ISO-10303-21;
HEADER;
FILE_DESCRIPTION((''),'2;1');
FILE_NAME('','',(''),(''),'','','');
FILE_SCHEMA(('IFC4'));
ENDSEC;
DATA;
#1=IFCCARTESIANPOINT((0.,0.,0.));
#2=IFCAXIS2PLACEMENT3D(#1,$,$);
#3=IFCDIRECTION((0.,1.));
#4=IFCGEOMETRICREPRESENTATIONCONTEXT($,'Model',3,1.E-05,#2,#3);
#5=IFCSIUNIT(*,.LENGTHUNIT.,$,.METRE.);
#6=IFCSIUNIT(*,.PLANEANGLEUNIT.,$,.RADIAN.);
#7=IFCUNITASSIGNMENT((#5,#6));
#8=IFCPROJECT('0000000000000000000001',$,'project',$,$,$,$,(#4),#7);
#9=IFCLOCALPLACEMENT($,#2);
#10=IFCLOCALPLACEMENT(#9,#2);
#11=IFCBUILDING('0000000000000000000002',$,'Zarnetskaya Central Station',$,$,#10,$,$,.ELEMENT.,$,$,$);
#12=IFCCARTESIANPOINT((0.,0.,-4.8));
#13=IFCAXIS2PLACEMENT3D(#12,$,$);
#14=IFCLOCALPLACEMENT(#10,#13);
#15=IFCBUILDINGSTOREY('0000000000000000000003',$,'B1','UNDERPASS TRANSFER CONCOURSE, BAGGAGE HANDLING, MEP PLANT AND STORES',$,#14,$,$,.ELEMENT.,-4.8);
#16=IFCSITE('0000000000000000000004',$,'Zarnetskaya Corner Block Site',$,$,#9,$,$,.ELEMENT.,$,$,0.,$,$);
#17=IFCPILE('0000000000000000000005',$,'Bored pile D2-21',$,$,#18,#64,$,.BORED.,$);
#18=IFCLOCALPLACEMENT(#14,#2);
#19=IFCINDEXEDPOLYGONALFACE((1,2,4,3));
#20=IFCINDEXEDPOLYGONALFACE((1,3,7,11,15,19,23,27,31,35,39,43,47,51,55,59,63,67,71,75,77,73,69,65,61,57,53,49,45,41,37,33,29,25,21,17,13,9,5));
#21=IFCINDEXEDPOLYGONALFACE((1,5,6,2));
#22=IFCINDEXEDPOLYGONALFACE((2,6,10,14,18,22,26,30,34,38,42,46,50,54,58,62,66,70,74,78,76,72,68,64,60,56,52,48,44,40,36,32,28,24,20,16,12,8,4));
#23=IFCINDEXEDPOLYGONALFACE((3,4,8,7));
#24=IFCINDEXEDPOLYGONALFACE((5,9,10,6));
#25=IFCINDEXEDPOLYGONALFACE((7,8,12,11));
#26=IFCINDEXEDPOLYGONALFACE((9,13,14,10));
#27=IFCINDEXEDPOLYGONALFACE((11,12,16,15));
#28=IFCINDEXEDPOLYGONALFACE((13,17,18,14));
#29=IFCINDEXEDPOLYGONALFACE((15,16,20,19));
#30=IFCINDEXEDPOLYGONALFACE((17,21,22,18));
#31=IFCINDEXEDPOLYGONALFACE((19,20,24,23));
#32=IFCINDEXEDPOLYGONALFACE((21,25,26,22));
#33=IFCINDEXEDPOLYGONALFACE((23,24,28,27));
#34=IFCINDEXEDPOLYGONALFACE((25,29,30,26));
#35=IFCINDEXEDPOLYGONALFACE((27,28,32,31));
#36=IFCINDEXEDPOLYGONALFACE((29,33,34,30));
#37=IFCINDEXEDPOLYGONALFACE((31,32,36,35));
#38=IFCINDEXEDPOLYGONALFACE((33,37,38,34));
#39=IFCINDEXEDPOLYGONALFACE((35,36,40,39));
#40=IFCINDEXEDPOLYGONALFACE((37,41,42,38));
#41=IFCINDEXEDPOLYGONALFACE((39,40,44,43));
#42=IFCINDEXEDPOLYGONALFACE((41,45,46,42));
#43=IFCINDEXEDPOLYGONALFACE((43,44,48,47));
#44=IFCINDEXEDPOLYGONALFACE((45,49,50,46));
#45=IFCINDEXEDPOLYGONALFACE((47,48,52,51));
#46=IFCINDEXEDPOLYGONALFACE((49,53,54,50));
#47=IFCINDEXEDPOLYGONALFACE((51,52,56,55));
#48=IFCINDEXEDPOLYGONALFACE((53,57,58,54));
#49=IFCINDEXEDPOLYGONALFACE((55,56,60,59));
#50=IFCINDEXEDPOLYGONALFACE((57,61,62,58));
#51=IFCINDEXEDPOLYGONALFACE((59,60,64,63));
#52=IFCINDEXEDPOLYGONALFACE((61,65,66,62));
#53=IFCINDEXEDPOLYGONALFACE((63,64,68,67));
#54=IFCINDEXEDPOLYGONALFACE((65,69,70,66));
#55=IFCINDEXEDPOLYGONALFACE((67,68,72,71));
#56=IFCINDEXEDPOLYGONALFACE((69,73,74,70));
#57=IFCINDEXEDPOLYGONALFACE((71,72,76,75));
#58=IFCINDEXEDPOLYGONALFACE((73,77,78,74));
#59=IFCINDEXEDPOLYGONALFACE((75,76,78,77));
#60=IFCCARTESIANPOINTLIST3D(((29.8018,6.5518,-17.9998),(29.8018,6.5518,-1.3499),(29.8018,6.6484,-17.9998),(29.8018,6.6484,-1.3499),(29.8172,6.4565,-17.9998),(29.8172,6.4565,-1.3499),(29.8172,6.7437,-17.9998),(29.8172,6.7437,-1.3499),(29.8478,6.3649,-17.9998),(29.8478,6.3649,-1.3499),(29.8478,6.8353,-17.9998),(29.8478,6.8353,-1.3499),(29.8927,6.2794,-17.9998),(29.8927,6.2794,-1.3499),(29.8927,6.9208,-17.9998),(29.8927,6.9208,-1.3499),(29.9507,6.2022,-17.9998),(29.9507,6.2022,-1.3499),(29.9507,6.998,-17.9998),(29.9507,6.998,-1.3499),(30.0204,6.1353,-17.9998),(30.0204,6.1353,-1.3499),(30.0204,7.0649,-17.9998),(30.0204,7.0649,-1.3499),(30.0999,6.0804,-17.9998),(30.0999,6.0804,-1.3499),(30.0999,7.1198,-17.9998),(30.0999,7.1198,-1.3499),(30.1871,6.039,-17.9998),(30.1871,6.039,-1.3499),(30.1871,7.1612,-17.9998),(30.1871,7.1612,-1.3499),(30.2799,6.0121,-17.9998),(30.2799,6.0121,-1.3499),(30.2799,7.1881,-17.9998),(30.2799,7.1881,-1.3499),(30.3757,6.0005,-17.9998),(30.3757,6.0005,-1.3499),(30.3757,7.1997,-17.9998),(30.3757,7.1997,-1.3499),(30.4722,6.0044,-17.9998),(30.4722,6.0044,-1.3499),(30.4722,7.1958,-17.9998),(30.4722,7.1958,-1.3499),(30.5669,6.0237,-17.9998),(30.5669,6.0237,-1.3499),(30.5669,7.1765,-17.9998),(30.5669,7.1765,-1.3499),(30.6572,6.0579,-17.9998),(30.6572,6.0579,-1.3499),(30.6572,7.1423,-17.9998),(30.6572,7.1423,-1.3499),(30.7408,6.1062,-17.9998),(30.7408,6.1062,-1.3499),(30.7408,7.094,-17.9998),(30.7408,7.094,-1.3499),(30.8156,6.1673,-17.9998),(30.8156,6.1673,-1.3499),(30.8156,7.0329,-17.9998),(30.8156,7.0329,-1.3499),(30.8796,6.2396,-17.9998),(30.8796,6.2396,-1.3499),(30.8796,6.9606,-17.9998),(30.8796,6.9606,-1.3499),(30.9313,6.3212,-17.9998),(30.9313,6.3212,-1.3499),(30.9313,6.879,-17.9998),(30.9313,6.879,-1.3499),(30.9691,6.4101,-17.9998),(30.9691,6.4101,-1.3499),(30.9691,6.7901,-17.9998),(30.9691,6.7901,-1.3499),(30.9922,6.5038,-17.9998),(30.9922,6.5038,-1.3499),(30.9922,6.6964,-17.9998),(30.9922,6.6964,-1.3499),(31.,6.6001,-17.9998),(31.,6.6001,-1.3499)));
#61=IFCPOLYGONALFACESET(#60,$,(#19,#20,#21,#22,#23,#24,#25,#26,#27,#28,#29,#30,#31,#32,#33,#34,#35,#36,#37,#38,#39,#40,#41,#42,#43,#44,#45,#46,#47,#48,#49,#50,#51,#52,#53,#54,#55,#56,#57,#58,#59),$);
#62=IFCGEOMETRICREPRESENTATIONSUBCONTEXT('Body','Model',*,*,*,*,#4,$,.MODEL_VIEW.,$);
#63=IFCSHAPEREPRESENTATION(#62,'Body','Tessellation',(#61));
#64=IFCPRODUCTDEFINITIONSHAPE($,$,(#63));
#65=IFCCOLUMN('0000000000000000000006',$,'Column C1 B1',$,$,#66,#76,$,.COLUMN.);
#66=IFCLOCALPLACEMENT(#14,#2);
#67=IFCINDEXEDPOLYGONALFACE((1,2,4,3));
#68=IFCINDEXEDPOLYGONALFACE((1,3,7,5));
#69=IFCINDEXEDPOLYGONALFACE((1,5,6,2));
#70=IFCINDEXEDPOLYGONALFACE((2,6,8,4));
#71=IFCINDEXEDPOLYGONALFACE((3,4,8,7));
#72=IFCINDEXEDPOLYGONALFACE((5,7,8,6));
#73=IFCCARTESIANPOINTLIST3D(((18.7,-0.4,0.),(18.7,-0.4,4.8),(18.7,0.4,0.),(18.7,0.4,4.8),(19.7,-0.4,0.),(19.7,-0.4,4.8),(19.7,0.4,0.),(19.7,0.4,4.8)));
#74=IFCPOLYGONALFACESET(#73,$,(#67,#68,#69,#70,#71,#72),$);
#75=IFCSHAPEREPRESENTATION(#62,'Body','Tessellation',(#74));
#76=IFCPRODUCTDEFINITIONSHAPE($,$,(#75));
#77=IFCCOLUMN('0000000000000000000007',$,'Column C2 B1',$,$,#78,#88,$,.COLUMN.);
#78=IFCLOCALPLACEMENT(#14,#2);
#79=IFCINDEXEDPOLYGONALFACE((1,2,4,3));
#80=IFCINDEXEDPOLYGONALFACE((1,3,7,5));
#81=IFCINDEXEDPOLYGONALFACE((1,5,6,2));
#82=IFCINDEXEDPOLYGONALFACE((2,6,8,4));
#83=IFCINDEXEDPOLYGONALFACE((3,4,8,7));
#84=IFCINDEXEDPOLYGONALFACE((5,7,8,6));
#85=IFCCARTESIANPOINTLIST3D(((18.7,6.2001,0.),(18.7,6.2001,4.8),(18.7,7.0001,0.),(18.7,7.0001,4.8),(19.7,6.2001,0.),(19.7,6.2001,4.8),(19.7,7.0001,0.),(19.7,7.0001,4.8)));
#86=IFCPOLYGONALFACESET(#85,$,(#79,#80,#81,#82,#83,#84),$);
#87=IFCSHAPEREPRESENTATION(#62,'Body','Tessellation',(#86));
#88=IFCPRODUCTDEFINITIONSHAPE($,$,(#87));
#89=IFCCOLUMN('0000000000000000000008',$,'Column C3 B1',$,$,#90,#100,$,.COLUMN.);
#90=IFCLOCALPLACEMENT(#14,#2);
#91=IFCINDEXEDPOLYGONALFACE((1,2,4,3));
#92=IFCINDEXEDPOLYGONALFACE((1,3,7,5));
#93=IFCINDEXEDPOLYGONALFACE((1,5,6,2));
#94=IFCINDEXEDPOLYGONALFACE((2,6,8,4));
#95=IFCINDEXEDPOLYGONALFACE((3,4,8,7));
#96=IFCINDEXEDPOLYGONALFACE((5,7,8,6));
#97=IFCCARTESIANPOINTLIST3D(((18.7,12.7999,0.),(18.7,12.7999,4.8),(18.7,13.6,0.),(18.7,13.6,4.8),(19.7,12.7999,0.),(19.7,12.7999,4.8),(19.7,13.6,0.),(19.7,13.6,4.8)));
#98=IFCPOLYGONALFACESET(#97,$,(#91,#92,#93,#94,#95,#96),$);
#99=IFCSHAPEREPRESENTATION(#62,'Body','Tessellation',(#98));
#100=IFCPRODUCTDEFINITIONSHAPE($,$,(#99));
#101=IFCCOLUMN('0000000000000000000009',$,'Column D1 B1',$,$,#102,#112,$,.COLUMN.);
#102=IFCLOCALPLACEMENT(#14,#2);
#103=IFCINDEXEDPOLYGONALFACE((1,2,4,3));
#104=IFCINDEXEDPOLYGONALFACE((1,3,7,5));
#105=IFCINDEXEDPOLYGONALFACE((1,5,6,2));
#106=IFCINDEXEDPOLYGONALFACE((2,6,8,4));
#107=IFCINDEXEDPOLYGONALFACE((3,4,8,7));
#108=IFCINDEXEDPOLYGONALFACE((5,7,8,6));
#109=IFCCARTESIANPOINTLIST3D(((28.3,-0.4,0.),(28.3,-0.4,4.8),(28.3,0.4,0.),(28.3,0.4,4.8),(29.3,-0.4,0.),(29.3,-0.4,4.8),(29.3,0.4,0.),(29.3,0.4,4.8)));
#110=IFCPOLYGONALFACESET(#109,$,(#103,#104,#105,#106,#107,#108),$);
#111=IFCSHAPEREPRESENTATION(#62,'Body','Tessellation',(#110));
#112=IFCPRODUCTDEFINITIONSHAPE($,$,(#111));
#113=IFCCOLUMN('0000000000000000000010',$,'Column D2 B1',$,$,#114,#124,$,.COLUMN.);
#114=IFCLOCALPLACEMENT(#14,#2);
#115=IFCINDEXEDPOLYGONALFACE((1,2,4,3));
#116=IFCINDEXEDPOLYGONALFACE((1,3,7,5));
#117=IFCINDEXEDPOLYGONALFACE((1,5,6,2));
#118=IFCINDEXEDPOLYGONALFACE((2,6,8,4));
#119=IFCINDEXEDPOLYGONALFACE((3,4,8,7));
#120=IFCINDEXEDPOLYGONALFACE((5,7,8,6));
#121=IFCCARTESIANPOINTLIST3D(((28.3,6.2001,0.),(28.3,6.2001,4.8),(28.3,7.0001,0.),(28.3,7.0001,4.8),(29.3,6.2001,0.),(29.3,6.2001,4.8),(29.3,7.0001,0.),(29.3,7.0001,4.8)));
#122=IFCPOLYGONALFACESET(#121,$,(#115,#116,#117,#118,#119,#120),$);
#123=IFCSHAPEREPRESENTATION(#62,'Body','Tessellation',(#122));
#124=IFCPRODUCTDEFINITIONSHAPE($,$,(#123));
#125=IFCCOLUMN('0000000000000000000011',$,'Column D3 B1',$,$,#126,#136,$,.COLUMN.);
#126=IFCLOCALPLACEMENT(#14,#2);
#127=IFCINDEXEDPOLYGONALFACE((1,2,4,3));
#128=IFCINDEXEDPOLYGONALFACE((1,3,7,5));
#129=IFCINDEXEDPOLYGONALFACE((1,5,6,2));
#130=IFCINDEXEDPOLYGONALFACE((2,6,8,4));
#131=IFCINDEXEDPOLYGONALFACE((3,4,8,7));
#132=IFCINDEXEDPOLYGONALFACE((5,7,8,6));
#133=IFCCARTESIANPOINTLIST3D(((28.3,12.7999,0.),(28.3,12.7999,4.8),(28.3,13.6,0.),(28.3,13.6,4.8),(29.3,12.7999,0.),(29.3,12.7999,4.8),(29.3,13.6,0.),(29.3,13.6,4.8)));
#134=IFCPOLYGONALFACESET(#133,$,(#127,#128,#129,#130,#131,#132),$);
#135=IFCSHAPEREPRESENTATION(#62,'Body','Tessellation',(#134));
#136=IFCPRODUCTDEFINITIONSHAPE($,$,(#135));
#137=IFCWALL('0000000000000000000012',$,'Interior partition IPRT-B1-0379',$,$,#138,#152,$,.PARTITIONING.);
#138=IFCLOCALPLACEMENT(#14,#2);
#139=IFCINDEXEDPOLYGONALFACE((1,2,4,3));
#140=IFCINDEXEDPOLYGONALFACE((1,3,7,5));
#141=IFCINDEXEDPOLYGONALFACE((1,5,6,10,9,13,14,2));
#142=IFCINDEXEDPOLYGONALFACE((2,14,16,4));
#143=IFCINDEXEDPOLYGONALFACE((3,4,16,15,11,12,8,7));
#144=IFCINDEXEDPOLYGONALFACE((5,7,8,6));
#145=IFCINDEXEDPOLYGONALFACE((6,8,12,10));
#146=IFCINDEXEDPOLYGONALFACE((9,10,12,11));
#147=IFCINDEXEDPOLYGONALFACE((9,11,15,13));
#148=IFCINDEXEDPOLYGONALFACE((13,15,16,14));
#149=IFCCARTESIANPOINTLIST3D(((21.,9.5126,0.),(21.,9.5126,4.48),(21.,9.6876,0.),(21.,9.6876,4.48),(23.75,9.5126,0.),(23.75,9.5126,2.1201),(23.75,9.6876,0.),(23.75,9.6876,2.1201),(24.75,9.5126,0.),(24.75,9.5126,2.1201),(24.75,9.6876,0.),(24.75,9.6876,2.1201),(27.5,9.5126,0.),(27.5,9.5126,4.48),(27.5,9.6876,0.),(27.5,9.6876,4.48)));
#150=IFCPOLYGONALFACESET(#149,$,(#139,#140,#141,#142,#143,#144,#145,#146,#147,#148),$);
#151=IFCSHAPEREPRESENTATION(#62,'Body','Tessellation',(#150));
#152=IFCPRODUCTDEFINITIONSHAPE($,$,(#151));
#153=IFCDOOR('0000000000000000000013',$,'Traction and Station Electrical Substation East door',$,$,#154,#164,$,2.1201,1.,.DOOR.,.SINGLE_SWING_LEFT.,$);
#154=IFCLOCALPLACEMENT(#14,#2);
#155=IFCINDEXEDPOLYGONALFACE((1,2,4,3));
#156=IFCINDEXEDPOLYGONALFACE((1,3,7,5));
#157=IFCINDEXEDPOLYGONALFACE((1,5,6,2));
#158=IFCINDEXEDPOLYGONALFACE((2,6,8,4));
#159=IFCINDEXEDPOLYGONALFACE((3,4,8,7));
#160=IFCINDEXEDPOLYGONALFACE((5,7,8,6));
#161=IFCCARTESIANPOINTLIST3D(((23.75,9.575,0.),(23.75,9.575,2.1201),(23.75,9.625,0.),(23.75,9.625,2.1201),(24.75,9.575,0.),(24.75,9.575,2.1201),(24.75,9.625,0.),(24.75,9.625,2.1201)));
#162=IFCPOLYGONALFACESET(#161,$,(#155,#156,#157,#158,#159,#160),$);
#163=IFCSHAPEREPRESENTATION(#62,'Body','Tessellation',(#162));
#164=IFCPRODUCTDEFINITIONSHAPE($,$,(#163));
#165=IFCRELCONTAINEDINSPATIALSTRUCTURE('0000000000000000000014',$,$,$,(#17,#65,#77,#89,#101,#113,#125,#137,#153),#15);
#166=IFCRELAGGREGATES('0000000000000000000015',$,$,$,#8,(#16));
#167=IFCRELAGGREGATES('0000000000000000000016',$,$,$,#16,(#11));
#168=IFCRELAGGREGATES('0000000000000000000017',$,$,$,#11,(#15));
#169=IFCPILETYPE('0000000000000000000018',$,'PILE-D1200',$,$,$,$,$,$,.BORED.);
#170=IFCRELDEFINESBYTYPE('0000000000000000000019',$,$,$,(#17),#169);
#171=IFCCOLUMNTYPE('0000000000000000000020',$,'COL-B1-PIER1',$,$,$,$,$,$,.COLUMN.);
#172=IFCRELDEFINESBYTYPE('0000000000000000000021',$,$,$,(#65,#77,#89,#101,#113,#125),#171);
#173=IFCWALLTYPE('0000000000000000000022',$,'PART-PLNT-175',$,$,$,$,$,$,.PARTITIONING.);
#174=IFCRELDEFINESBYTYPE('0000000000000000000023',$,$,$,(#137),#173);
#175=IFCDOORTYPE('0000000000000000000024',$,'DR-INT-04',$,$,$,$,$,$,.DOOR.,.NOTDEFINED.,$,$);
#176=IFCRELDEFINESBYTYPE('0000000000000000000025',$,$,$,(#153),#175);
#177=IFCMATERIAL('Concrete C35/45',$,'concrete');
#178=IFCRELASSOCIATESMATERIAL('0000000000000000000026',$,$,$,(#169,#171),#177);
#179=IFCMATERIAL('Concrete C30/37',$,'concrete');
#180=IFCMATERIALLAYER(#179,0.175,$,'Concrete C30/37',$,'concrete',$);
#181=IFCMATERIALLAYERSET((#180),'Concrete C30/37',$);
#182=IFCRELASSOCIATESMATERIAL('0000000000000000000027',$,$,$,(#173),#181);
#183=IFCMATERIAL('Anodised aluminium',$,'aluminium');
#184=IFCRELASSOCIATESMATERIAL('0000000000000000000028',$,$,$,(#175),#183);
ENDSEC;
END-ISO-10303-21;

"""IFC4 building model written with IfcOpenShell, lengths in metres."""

from ifc_helpers import new_model, si_unit, direction, frame, frame_2d, origin, origin_2d, place, context, subcontext, project, spatial, rectangle, circle, extrude, material, layer, layer_set, material_profile, profile_set, type_object, element, fill, save


model = new_model("IFC4")

# Units and contexts
model_context = context("Model", 3, precision=1e-05, world=origin(), true_north=direction((0.0, 1.0)))
body_context = subcontext(model_context, "Body", "Model", "MODEL_VIEW")
ifc_project = project(units=[si_unit("LENGTHUNIT", "METRE"), si_unit("PLANEANGLEUNIT", "RADIAN")], contexts=[model_context])

# Site, building, storey
site_placement = place(None, origin())
site = spatial("IfcSite", under=ifc_project, at=site_placement, Name="Zarnetskaya Corner Block Site", CompositionType="ELEMENT", RefElevation=0.0)
building_placement = place(site_placement, origin())
building = spatial("IfcBuilding", under=site, at=building_placement, Name="Zarnetskaya Central Station", CompositionType="ELEMENT")
storey_placement = place(building_placement, frame((0.0, 0.0, -4.8)))
storey = spatial("IfcBuildingStorey", under=building, at=storey_placement, Name="B1", Description="UNDERPASS TRANSFER CONCOURSE, BAGGAGE HANDLING, MEP PLANT AND STORES", CompositionType="ELEMENT", Elevation=-4.8)

# Shared definitions
ifc_material_1 = material(Name="Concrete C35/45", Category="concrete")

# Pile
ifc_material_profile_1 = material_profile(ifc_material_1, circle(Radius=0.6001, at=origin_2d()), Name="BORED PILE D1200")
ifc_profile_set_1 = profile_set([ifc_material_profile_1], Name="Concrete C35/45")
pile_type = type_object("IfcPileType", Name="PILE-D1200", PredefinedType="BORED", material=ifc_profile_set_1)
for number, where, z_axis, x_axis, name in (
    (1, (30.3999, 6.6001, -1.3499), (0.0, 0.0, -1.0), (1.0, 0.0, 0.0), "Bored pile D2-21"),
):
    element("IfcPile", number, at=place(storey_placement, frame(where, z_axis=z_axis, x_axis=x_axis)), inside=storey, type_object=pile_type, Name=name, PredefinedType="BORED", context=body_context, shape_type="SweptSolid", body=[
        extrude(circle(Radius=0.6001, at=origin_2d()), origin(), (0.0, 0.0, 1.0), 16.6499),
    ])

# Columns
ifc_material_profile_2 = material_profile(ifc_material_1, rectangle(XDim=1.0, YDim=0.8, at=origin_2d()), Name="RC PIER 1000x800")
ifc_profile_set_2 = profile_set([ifc_material_profile_2], Name="Concrete C35/45")
column_type = type_object("IfcColumnType", Name="COL-B1-PIER1", PredefinedType="COLUMN", material=ifc_profile_set_2)
for number, where, z_axis, x_axis, name in (
    (2, (19.2, 0.0, 0.0), (0.0, 0.0, 1.0), (1.0, 0.0, 0.0), "Column C1 B1"),
    (3, (19.2, 6.6001, 0.0), (0.0, 0.0, 1.0), (1.0, 0.0, 0.0), "Column C2 B1"),
    (4, (19.2, 13.2, 0.0), (0.0, 0.0, 1.0), (1.0, 0.0, 0.0), "Column C3 B1"),
    (5, (28.8, 0.0, 0.0), (0.0, 0.0, 1.0), (1.0, 0.0, 0.0), "Column D1 B1"),
    (6, (28.8, 6.6001, 0.0), (0.0, 0.0, 1.0), (1.0, 0.0, 0.0), "Column D2 B1"),
    (7, (28.8, 13.2, 0.0), (0.0, 0.0, 1.0), (1.0, 0.0, 0.0), "Column D3 B1"),
):
    element("IfcColumn", number, at=place(storey_placement, frame(where, z_axis=z_axis, x_axis=x_axis)), inside=storey, type_object=column_type, Name=name, PredefinedType="COLUMN", context=body_context, shape_type="SweptSolid", body=[
        extrude(rectangle(XDim=1.0, YDim=0.8, at=origin_2d()), origin(), (0.0, 0.0, 1.0), 4.8),
    ])

# Wall, opening, door
ifc_material_2 = material(Name="Concrete C30/37", Category="concrete")
ifc_layer_1 = layer(ifc_material_2, 0.175, Name="Concrete C30/37", Category="concrete")
ifc_layer_set_1 = layer_set([ifc_layer_1], Name="Concrete C30/37")
wall_type_1 = type_object("IfcWallType", Name="PART-PLNT-175", PredefinedType="PARTITIONING", material=ifc_layer_set_1)
wall_1_placement = place(storey_placement, frame((21.0, 9.6001, 0.0), z_axis=(0.0, 0.0, 1.0), x_axis=(1.0, 0.0, 0.0)))
wall_1 = element("IfcWall", 8, at=wall_1_placement, inside=storey, type_object=wall_type_1, Name="Interior partition IPRT-B1-0379", PredefinedType="PARTITIONING", context=body_context, shape_type="SweptSolid", body=[
    extrude(rectangle(XDim=6.5, YDim=0.175, at=frame_2d((3.25, 0.0))), origin(), (0.0, 0.0, 1.0), 4.48),
])
opening_1_placement = place(wall_1_placement, frame((2.75, 0.0, 0.0)))
opening_1 = element("IfcOpeningElement", 9, at=opening_1_placement, cuts=wall_1, PredefinedType="OPENING", context=body_context, shape_type="SweptSolid", body=[
    extrude(rectangle(XDim=1.0, YDim=2.1201, at=frame_2d((0.5, 1.0601))), frame((0.0, 0.0977, 0.0), z_axis=(0.0, -1.0, 0.0), x_axis=(1.0, 0.0, 0.0)), (0.0, 0.0, 1.0), 0.1951),
])
ifc_material_3 = material(Name="Anodised aluminium", Category="aluminium")
door_type_1 = type_object("IfcDoorType", Name="DR-INT-04", OperationType="NOTDEFINED", PredefinedType="DOOR", material=ifc_material_3)
door_1_placement = place(opening_1_placement, origin())
door_1 = element("IfcDoor", 10, at=door_1_placement, inside=storey, type_object=door_type_1, Name="Traction and Station Electrical Substation East door", OperationType="SINGLE_SWING_LEFT", OverallHeight=2.1201, OverallWidth=1.0, PredefinedType="DOOR", context=body_context, shape_type="SweptSolid", body=[
    extrude(rectangle(XDim=1.0, YDim=2.1201, at=frame_2d((0.5, 1.0601))), frame((0.0, 0.0249, 0.0), z_axis=(0.0, -1.0, 0.0), x_axis=(1.0, 0.0, 0.0)), (0.0, 0.0, 1.0), 0.05),
])
fill(opening_1, door_1)

save(model, "model.ifc")
